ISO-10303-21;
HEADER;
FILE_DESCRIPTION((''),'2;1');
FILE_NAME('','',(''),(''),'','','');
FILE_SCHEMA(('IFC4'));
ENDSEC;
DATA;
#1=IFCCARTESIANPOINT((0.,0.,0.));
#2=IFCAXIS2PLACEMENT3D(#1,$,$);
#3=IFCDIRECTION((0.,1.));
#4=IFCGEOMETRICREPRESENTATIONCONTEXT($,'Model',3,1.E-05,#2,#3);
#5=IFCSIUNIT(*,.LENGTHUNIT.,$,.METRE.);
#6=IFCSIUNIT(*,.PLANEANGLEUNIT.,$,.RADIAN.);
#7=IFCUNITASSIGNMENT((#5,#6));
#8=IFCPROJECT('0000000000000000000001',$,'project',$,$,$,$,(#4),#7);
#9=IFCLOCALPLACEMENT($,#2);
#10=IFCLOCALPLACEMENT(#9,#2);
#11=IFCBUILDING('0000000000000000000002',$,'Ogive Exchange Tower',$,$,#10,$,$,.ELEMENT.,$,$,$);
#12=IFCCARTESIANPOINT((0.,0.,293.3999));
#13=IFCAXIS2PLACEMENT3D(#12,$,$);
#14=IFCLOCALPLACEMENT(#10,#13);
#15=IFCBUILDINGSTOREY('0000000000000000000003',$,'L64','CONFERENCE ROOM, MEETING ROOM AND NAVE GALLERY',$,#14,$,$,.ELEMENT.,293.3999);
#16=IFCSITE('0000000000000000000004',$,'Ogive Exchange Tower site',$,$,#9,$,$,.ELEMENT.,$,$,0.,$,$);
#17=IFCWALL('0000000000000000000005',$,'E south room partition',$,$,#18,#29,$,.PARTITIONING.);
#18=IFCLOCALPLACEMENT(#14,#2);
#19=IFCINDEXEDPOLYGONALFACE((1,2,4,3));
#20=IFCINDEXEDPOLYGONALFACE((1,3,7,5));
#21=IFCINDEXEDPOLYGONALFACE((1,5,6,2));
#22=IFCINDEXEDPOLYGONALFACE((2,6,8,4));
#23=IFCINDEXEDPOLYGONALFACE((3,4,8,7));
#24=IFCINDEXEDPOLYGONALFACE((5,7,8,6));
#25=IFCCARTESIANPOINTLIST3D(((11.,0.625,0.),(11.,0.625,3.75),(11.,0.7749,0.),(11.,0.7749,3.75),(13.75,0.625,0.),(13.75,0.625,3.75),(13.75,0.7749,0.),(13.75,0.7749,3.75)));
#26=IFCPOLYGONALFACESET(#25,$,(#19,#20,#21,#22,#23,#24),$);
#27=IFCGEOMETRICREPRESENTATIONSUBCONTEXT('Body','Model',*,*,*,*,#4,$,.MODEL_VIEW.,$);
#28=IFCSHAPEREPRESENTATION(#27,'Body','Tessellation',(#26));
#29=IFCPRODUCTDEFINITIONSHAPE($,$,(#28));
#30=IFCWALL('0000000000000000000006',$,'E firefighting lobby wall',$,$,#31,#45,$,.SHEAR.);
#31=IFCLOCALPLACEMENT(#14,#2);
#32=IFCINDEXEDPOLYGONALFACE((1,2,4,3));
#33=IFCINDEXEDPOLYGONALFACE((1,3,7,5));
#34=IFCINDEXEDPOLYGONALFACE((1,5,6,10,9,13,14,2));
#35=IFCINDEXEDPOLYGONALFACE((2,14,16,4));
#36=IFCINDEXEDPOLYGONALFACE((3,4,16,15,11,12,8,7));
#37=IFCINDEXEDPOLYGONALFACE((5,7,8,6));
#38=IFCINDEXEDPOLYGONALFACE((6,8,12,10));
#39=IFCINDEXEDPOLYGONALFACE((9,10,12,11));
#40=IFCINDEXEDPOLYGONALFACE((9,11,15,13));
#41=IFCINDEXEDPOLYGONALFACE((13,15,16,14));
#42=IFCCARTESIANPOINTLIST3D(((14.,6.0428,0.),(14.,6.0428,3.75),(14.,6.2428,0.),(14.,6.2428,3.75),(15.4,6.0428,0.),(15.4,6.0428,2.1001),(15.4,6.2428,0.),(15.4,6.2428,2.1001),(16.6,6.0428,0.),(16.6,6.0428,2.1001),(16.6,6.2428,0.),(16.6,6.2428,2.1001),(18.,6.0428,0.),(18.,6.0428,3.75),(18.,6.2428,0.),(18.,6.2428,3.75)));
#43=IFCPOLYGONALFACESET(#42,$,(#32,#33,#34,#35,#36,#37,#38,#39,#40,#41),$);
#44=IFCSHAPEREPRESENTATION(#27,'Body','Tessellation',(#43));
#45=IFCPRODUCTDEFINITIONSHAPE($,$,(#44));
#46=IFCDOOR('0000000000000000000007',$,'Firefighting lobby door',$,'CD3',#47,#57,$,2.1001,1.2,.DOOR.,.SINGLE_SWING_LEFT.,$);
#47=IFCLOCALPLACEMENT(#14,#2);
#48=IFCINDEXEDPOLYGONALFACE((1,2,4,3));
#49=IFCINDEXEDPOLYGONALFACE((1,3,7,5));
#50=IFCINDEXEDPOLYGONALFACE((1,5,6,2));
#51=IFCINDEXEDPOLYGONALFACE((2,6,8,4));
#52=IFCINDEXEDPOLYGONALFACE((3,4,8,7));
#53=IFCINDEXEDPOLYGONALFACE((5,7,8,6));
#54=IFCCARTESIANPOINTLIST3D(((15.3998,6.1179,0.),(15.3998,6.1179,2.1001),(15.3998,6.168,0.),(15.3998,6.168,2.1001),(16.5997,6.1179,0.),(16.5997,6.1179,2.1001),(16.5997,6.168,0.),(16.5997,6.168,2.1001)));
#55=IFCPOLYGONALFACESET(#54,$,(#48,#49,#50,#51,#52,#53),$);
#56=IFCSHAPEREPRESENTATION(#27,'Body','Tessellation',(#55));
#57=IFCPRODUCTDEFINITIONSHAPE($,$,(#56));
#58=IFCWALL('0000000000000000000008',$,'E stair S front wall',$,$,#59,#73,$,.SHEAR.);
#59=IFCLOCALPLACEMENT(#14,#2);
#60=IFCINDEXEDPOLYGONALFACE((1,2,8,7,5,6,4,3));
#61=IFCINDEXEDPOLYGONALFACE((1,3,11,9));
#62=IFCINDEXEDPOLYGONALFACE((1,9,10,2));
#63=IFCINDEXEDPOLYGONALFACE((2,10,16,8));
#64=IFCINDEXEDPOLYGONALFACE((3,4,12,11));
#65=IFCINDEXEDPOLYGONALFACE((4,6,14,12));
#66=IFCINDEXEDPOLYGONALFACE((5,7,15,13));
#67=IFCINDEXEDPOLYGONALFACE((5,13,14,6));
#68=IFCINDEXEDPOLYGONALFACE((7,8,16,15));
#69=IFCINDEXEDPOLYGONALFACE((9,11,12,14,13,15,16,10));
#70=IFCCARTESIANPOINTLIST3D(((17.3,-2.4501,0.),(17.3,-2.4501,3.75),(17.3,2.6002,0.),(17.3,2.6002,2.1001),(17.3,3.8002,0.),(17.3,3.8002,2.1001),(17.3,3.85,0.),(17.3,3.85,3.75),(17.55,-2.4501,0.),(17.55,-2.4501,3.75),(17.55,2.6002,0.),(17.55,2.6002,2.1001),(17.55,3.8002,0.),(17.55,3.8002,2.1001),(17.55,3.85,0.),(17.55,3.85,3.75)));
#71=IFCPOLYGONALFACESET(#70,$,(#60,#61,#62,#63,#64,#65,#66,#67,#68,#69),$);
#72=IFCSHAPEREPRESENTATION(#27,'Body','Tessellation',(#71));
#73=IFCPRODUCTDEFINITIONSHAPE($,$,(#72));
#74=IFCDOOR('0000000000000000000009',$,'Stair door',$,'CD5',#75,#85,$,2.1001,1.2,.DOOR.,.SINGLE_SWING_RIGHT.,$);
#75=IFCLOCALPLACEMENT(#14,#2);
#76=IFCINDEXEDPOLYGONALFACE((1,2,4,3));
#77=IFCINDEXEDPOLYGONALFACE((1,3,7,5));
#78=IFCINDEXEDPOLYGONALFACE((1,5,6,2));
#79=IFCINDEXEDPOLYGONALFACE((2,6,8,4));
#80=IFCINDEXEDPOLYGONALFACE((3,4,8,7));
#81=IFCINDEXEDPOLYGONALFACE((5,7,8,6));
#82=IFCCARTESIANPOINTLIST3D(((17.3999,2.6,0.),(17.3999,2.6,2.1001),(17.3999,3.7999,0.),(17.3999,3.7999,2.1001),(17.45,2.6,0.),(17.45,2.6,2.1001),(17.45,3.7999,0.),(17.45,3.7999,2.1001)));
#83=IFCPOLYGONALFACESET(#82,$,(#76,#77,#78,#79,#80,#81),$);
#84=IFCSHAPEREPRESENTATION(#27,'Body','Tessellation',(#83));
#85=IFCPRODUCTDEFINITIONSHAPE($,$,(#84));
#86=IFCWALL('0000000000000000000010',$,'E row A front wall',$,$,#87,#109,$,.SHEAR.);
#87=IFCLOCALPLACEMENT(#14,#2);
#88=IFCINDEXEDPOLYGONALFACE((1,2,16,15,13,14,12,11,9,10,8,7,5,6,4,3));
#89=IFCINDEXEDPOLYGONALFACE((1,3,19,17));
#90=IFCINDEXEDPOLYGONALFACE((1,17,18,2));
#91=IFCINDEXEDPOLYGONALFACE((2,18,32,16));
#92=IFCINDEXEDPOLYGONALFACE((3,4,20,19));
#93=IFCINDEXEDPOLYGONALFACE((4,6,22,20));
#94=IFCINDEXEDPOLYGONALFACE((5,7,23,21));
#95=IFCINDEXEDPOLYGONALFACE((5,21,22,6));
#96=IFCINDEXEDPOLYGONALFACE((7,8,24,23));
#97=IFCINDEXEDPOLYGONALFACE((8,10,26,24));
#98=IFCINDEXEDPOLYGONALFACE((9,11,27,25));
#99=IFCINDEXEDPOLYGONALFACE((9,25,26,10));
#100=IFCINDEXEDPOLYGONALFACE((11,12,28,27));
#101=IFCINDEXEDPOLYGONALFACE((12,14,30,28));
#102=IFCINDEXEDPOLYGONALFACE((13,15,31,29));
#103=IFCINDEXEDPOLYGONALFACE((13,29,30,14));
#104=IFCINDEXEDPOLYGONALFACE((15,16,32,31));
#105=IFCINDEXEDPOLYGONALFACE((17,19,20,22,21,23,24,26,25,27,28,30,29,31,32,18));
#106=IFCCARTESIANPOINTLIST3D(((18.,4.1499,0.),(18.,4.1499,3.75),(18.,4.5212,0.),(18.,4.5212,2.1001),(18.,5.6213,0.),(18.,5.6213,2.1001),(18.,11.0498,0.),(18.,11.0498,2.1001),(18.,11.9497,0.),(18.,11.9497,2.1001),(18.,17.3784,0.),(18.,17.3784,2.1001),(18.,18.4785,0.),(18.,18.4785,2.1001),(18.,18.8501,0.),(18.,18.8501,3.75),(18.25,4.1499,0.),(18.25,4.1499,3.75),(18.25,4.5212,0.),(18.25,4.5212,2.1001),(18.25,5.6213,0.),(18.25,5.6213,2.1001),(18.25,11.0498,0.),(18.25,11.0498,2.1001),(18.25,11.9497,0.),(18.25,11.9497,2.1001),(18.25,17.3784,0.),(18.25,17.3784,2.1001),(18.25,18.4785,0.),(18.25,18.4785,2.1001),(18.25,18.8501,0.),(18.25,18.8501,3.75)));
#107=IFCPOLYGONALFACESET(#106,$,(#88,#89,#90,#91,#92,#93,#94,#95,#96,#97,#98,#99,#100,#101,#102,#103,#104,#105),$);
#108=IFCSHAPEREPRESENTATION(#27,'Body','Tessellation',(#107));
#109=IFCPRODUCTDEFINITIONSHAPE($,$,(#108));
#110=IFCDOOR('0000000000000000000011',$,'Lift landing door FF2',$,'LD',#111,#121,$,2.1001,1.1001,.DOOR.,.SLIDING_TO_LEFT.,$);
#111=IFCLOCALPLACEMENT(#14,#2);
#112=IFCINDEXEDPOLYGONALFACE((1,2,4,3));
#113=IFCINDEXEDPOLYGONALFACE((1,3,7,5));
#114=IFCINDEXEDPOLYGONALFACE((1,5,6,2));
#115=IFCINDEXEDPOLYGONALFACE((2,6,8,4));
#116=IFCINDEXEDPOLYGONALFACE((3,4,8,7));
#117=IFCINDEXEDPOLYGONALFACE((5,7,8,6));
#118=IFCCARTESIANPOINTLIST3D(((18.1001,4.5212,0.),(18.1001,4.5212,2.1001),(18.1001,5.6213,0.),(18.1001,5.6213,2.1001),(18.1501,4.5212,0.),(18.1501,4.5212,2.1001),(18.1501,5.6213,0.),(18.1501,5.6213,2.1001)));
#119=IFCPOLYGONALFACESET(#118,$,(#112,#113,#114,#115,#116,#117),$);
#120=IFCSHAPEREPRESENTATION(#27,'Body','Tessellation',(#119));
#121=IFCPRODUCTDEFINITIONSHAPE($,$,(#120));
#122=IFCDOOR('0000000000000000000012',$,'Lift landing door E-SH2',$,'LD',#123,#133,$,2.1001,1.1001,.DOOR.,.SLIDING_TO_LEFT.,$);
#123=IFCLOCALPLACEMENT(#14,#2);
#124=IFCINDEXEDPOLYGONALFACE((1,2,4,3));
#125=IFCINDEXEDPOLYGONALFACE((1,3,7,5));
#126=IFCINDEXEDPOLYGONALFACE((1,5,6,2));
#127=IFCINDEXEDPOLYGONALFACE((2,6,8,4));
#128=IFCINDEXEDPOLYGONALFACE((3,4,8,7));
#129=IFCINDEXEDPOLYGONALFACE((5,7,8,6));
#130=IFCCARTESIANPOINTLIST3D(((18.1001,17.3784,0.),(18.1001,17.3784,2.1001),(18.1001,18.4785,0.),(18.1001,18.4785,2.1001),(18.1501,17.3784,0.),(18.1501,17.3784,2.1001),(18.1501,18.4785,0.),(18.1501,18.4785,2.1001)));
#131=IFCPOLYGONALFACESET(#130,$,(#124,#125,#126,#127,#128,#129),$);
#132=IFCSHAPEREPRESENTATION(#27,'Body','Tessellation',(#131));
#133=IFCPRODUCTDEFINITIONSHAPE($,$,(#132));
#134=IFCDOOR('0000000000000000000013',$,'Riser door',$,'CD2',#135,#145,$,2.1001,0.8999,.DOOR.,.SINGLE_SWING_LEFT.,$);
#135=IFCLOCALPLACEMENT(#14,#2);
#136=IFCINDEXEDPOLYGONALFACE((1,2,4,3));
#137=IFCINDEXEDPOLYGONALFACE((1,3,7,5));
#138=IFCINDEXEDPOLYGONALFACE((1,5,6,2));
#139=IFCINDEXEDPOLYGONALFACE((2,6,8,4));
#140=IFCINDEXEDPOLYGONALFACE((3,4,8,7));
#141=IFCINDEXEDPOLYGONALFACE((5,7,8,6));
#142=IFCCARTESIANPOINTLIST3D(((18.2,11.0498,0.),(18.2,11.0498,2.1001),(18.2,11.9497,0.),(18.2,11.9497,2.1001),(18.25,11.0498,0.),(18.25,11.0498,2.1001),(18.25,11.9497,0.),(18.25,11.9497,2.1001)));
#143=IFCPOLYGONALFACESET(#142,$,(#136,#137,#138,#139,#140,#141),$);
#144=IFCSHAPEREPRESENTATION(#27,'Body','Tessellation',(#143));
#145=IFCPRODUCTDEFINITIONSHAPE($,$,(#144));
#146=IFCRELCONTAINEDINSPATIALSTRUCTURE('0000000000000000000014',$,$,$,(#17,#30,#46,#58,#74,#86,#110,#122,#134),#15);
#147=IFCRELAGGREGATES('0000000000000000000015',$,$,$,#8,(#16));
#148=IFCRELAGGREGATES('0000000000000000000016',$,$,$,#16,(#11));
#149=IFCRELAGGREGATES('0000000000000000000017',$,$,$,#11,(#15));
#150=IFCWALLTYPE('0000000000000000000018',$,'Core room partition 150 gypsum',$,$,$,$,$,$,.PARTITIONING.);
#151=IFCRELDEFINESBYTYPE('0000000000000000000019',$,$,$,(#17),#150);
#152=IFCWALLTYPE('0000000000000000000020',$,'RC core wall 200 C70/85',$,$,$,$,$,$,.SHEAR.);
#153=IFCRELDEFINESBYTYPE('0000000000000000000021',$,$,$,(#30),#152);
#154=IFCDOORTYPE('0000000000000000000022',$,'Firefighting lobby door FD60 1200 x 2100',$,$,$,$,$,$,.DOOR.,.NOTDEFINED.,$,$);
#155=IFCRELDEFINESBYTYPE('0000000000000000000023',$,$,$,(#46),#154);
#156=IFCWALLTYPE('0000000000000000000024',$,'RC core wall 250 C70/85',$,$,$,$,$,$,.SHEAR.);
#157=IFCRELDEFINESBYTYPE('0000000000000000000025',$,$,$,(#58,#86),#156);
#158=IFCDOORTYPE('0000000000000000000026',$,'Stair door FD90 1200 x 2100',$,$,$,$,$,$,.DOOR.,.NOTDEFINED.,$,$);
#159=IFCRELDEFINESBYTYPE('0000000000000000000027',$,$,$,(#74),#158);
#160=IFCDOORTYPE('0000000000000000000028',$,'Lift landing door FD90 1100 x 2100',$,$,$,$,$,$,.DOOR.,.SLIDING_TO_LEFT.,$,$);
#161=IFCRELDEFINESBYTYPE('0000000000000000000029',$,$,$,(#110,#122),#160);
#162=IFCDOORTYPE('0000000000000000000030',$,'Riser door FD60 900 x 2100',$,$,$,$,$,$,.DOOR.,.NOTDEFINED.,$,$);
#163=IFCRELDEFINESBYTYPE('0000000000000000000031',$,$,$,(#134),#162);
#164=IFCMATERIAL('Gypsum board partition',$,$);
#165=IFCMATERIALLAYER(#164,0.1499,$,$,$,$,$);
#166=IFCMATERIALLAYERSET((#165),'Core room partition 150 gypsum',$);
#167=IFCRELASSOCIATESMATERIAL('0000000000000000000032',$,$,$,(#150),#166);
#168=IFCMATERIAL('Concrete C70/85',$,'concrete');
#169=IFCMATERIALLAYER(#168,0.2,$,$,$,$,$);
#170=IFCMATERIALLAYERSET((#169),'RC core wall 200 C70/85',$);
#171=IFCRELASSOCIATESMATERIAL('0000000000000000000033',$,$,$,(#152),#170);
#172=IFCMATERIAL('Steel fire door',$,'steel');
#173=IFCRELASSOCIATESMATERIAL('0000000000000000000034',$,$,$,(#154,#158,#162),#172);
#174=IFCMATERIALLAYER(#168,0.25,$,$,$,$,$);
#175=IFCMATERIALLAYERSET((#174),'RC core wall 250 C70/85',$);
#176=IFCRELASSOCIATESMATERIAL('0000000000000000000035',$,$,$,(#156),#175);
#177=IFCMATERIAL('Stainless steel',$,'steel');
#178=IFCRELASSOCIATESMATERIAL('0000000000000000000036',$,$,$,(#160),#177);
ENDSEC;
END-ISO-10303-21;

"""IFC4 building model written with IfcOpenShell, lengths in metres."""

from ifc_helpers import new_model, si_unit, direction, frame, frame_2d, origin, place, context, subcontext, project, spatial, rectangle, extrude, material, layer, layer_set, type_object, element, fill, save


model = new_model("IFC4")

# Units and contexts
model_context = context("Model", 3, precision=1e-05, world=origin(), true_north=direction((0.0, 1.0)))
body_context = subcontext(model_context, "Body", "Model", "MODEL_VIEW")
ifc_project = project(units=[si_unit("LENGTHUNIT", "METRE"), si_unit("PLANEANGLEUNIT", "RADIAN")], contexts=[model_context])

# Site, building, storey
site_placement = place(None, origin())
site = spatial("IfcSite", under=ifc_project, at=site_placement, Name="Ogive Exchange Tower site", CompositionType="ELEMENT", RefElevation=0.0)
building_placement = place(site_placement, origin())
building = spatial("IfcBuilding", under=site, at=building_placement, Name="Ogive Exchange Tower", CompositionType="ELEMENT")
storey_placement = place(building_placement, frame((0.0, 0.0, 293.3999)))
storey = spatial("IfcBuildingStorey", under=building, at=storey_placement, Name="L64", Description="CONFERENCE ROOM, MEETING ROOM AND NAVE GALLERY", CompositionType="ELEMENT", Elevation=293.3999)

# Wall
ifc_material_1 = material(Name="Gypsum board partition")
ifc_layer_1 = layer(ifc_material_1, 0.1499)
ifc_layer_set_1 = layer_set([ifc_layer_1], Name="Core room partition 150 gypsum")
wall_type_1 = type_object("IfcWallType", Name="Core room partition 150 gypsum", PredefinedType="PARTITIONING", material=ifc_layer_set_1)
wall_1_placement = place(storey_placement, frame((11.0, 0.7, 0.0), z_axis=(0.0, 0.0, 1.0), x_axis=(1.0, 0.0, 0.0)))
element("IfcWall", 1, at=wall_1_placement, inside=storey, type_object=wall_type_1, Name="E south room partition", PredefinedType="PARTITIONING", context=body_context, shape_type="SweptSolid", body=[
    extrude(rectangle(XDim=2.75, YDim=0.1499, at=frame_2d((1.375, 0.0))), origin(), (0.0, 0.0, 1.0), 3.75),
])

# Walls, openings, doors
ifc_material_2 = material(Name="Concrete C70/85", Category="concrete")
ifc_layer_2 = layer(ifc_material_2, 0.2)
ifc_layer_set_2 = layer_set([ifc_layer_2], Name="RC core wall 200 C70/85")
wall_type_2 = type_object("IfcWallType", Name="RC core wall 200 C70/85", PredefinedType="SHEAR", material=ifc_layer_set_2)
wall_2_placement = place(storey_placement, frame((14.0, 6.1428, 0.0), z_axis=(0.0, 0.0, 1.0), x_axis=(1.0, 0.0, 0.0)))
wall_2 = element("IfcWall", 2, at=wall_2_placement, inside=storey, type_object=wall_type_2, Name="E firefighting lobby wall", PredefinedType="SHEAR", context=body_context, shape_type="SweptSolid", body=[
    extrude(rectangle(XDim=4.0, YDim=0.2, at=frame_2d((2.0, 0.0))), origin(), (0.0, 0.0, 1.0), 3.75),
])
opening_1_placement = place(wall_2_placement, frame((1.3999, 0.0, 0.0)))
opening_1 = element("IfcOpeningElement", 3, at=opening_1_placement, cuts=wall_2, PredefinedType="OPENING", context=body_context, shape_type="SweptSolid", body=[
    extrude(rectangle(XDim=1.2, YDim=2.1001, at=frame_2d((0.6001, 1.05))), frame((0.0, 0.1099, 0.0), z_axis=(0.0, -1.0, 0.0), x_axis=(1.0, 0.0, 0.0)), (0.0, 0.0, 1.0), 0.22),
])
ifc_material_3 = material(Name="Steel fire door", Category="steel")
door_type_1 = type_object("IfcDoorType", Name="Firefighting lobby door FD60 1200 x 2100", OperationType="NOTDEFINED", PredefinedType="DOOR", material=ifc_material_3)
door_1_placement = place(opening_1_placement, frame((1.2, 0.0, 0.0), z_axis=(0.0, 0.0, 1.0), x_axis=(-1.0, 0.0, 0.0)))
door_1 = element("IfcDoor", 4, at=door_1_placement, inside=storey, type_object=door_type_1, Name="Firefighting lobby door", ObjectType="CD3", OperationType="SINGLE_SWING_LEFT", OverallHeight=2.1001, OverallWidth=1.2, PredefinedType="DOOR", context=body_context, shape_type="SweptSolid", body=[
    extrude(rectangle(XDim=1.2, YDim=2.1001, at=frame_2d((0.6001, 1.05))), frame((0.0, 0.0249, 0.0), z_axis=(0.0, -1.0, 0.0), x_axis=(1.0, 0.0, 0.0)), (0.0, 0.0, 1.0), 0.05),
])
fill(opening_1, door_1)
ifc_layer_3 = layer(ifc_material_2, 0.25)
ifc_layer_set_3 = layer_set([ifc_layer_3], Name="RC core wall 250 C70/85")
wall_type_3 = type_object("IfcWallType", Name="RC core wall 250 C70/85", PredefinedType="SHEAR", material=ifc_layer_set_3)
wall_3_placement = place(storey_placement, frame((17.425, -2.45, 0.0), z_axis=(0.0, 0.0, 1.0), x_axis=(0.0, 1.0, 0.0)))
wall_3 = element("IfcWall", 5, at=wall_3_placement, inside=storey, type_object=wall_type_3, Name="E stair S front wall", PredefinedType="SHEAR", context=body_context, shape_type="SweptSolid", body=[
    extrude(rectangle(XDim=6.3, YDim=0.25, at=frame_2d((3.1499, 0.0))), origin(), (0.0, 0.0, 1.0), 3.75),
])
opening_2_placement = place(wall_3_placement, frame((5.05, 0.0, 0.0)))
opening_2 = element("IfcOpeningElement", 6, at=opening_2_placement, cuts=wall_3, PredefinedType="OPENING", context=body_context, shape_type="SweptSolid", body=[
    extrude(rectangle(XDim=1.2, YDim=2.1001, at=frame_2d((0.6001, 1.05))), frame((0.0, 0.135, 0.0), z_axis=(0.0, -1.0, 0.0), x_axis=(1.0, 0.0, 0.0)), (0.0, 0.0, 1.0), 0.27),
])
door_type_2 = type_object("IfcDoorType", Name="Stair door FD90 1200 x 2100", OperationType="NOTDEFINED", PredefinedType="DOOR", material=ifc_material_3)
door_2_placement = place(opening_2_placement, frame((1.2, 0.0, 0.0), z_axis=(0.0, 0.0, 1.0), x_axis=(-1.0, 0.0, 0.0)))
door_2 = element("IfcDoor", 7, at=door_2_placement, inside=storey, type_object=door_type_2, Name="Stair door", ObjectType="CD5", OperationType="SINGLE_SWING_RIGHT", OverallHeight=2.1001, OverallWidth=1.2, PredefinedType="DOOR", context=body_context, shape_type="SweptSolid", body=[
    extrude(rectangle(XDim=1.2, YDim=2.1001, at=frame_2d((0.6001, 1.05))), frame((0.0, 0.0249, 0.0), z_axis=(0.0, -1.0, 0.0), x_axis=(1.0, 0.0, 0.0)), (0.0, 0.0, 1.0), 0.05),
])
fill(opening_2, door_2)

# Wall, openings, doors
wall_4_placement = place(storey_placement, frame((18.125, 4.1499, 0.0), z_axis=(0.0, 0.0, 1.0), x_axis=(0.0, 1.0, 0.0)))
wall_4 = element("IfcWall", 8, at=wall_4_placement, inside=storey, type_object=wall_type_3, Name="E row A front wall", PredefinedType="SHEAR", context=body_context, shape_type="SweptSolid", body=[
    extrude(rectangle(XDim=14.7002, YDim=0.25, at=frame_2d((7.3501, 0.0))), origin(), (0.0, 0.0, 1.0), 3.75),
])
opening_3_placement = place(wall_4_placement, frame((6.8999, 0.0, 0.0)))
opening_3 = element("IfcOpeningElement", 9, at=opening_3_placement, cuts=wall_4, PredefinedType="OPENING", context=body_context, shape_type="SweptSolid", body=[
    extrude(rectangle(XDim=0.8999, YDim=2.1001, at=frame_2d((0.45, 1.05))), frame((0.0, 0.135, 0.0), z_axis=(0.0, -1.0, 0.0), x_axis=(1.0, 0.0, 0.0)), (0.0, 0.0, 1.0), 0.27),
])
opening_4_placement = place(wall_4_placement, frame((0.3713, 0.0, 0.0)))
opening_4 = element("IfcOpeningElement", 10, at=opening_4_placement, cuts=wall_4, PredefinedType="OPENING", context=body_context, shape_type="SweptSolid", body=[
    extrude(rectangle(XDim=1.1001, YDim=2.1001, at=frame_2d((0.55, 1.05))), frame((0.0, 0.135, 0.0), z_axis=(0.0, -1.0, 0.0), x_axis=(1.0, 0.0, 0.0)), (0.0, 0.0, 1.0), 0.27),
])
opening_5_placement = place(wall_4_placement, frame((13.2285, 0.0, 0.0)))
opening_5 = element("IfcOpeningElement", 11, at=opening_5_placement, cuts=wall_4, PredefinedType="OPENING", context=body_context, shape_type="SweptSolid", body=[
    extrude(rectangle(XDim=1.1001, YDim=2.1001, at=frame_2d((0.55, 1.05))), frame((0.0, 0.135, 0.0), z_axis=(0.0, -1.0, 0.0), x_axis=(1.0, 0.0, 0.0)), (0.0, 0.0, 1.0), 0.27),
])
ifc_material_4 = material(Name="Stainless steel", Category="steel")
door_type_3 = type_object("IfcDoorType", Name="Lift landing door FD90 1100 x 2100", OperationType="SLIDING_TO_LEFT", PredefinedType="DOOR", material=ifc_material_4)
door_3_placement = place(opening_4_placement, origin())
door_3 = element("IfcDoor", 12, at=door_3_placement, inside=storey, type_object=door_type_3, Name="Lift landing door FF2", ObjectType="LD", OperationType="SLIDING_TO_LEFT", OverallHeight=2.1001, OverallWidth=1.1001, PredefinedType="DOOR", context=body_context, shape_type="SweptSolid", body=[
    extrude(rectangle(XDim=1.1001, YDim=2.1001, at=frame_2d((0.55, 1.05))), frame((0.0, 0.0249, 0.0), z_axis=(0.0, -1.0, 0.0), x_axis=(1.0, 0.0, 0.0)), (0.0, 0.0, 1.0), 0.05),
])
fill(opening_4, door_3)
door_4_placement = place(opening_5_placement, origin())
door_4 = element("IfcDoor", 13, at=door_4_placement, inside=storey, type_object=door_type_3, Name="Lift landing door E-SH2", ObjectType="LD", OperationType="SLIDING_TO_LEFT", OverallHeight=2.1001, OverallWidth=1.1001, PredefinedType="DOOR", context=body_context, shape_type="SweptSolid", body=[
    extrude(rectangle(XDim=1.1001, YDim=2.1001, at=frame_2d((0.55, 1.05))), frame((0.0, 0.0249, 0.0), z_axis=(0.0, -1.0, 0.0), x_axis=(1.0, 0.0, 0.0)), (0.0, 0.0, 1.0), 0.05),
])
fill(opening_5, door_4)
door_type_4 = type_object("IfcDoorType", Name="Riser door FD60 900 x 2100", OperationType="NOTDEFINED", PredefinedType="DOOR", material=ifc_material_3)
door_5_placement = place(opening_3_placement, frame((0.8999, -0.2002, 0.0), z_axis=(0.0, 0.0, 1.0), x_axis=(-1.0, 0.0, 0.0)))
door_5 = element("IfcDoor", 14, at=door_5_placement, inside=storey, type_object=door_type_4, Name="Riser door", ObjectType="CD2", OperationType="SINGLE_SWING_LEFT", OverallHeight=2.1001, OverallWidth=0.8999, PredefinedType="DOOR", context=body_context, shape_type="SweptSolid", body=[
    extrude(rectangle(XDim=0.8999, YDim=2.1001, at=frame_2d((0.45, 1.05))), frame((0.0, -0.0752, 0.0), z_axis=(0.0, -1.0, 0.0), x_axis=(1.0, 0.0, 0.0)), (0.0, 0.0, 1.0), 0.05),
])
fill(opening_3, door_5)

save(model, "model.ifc")
